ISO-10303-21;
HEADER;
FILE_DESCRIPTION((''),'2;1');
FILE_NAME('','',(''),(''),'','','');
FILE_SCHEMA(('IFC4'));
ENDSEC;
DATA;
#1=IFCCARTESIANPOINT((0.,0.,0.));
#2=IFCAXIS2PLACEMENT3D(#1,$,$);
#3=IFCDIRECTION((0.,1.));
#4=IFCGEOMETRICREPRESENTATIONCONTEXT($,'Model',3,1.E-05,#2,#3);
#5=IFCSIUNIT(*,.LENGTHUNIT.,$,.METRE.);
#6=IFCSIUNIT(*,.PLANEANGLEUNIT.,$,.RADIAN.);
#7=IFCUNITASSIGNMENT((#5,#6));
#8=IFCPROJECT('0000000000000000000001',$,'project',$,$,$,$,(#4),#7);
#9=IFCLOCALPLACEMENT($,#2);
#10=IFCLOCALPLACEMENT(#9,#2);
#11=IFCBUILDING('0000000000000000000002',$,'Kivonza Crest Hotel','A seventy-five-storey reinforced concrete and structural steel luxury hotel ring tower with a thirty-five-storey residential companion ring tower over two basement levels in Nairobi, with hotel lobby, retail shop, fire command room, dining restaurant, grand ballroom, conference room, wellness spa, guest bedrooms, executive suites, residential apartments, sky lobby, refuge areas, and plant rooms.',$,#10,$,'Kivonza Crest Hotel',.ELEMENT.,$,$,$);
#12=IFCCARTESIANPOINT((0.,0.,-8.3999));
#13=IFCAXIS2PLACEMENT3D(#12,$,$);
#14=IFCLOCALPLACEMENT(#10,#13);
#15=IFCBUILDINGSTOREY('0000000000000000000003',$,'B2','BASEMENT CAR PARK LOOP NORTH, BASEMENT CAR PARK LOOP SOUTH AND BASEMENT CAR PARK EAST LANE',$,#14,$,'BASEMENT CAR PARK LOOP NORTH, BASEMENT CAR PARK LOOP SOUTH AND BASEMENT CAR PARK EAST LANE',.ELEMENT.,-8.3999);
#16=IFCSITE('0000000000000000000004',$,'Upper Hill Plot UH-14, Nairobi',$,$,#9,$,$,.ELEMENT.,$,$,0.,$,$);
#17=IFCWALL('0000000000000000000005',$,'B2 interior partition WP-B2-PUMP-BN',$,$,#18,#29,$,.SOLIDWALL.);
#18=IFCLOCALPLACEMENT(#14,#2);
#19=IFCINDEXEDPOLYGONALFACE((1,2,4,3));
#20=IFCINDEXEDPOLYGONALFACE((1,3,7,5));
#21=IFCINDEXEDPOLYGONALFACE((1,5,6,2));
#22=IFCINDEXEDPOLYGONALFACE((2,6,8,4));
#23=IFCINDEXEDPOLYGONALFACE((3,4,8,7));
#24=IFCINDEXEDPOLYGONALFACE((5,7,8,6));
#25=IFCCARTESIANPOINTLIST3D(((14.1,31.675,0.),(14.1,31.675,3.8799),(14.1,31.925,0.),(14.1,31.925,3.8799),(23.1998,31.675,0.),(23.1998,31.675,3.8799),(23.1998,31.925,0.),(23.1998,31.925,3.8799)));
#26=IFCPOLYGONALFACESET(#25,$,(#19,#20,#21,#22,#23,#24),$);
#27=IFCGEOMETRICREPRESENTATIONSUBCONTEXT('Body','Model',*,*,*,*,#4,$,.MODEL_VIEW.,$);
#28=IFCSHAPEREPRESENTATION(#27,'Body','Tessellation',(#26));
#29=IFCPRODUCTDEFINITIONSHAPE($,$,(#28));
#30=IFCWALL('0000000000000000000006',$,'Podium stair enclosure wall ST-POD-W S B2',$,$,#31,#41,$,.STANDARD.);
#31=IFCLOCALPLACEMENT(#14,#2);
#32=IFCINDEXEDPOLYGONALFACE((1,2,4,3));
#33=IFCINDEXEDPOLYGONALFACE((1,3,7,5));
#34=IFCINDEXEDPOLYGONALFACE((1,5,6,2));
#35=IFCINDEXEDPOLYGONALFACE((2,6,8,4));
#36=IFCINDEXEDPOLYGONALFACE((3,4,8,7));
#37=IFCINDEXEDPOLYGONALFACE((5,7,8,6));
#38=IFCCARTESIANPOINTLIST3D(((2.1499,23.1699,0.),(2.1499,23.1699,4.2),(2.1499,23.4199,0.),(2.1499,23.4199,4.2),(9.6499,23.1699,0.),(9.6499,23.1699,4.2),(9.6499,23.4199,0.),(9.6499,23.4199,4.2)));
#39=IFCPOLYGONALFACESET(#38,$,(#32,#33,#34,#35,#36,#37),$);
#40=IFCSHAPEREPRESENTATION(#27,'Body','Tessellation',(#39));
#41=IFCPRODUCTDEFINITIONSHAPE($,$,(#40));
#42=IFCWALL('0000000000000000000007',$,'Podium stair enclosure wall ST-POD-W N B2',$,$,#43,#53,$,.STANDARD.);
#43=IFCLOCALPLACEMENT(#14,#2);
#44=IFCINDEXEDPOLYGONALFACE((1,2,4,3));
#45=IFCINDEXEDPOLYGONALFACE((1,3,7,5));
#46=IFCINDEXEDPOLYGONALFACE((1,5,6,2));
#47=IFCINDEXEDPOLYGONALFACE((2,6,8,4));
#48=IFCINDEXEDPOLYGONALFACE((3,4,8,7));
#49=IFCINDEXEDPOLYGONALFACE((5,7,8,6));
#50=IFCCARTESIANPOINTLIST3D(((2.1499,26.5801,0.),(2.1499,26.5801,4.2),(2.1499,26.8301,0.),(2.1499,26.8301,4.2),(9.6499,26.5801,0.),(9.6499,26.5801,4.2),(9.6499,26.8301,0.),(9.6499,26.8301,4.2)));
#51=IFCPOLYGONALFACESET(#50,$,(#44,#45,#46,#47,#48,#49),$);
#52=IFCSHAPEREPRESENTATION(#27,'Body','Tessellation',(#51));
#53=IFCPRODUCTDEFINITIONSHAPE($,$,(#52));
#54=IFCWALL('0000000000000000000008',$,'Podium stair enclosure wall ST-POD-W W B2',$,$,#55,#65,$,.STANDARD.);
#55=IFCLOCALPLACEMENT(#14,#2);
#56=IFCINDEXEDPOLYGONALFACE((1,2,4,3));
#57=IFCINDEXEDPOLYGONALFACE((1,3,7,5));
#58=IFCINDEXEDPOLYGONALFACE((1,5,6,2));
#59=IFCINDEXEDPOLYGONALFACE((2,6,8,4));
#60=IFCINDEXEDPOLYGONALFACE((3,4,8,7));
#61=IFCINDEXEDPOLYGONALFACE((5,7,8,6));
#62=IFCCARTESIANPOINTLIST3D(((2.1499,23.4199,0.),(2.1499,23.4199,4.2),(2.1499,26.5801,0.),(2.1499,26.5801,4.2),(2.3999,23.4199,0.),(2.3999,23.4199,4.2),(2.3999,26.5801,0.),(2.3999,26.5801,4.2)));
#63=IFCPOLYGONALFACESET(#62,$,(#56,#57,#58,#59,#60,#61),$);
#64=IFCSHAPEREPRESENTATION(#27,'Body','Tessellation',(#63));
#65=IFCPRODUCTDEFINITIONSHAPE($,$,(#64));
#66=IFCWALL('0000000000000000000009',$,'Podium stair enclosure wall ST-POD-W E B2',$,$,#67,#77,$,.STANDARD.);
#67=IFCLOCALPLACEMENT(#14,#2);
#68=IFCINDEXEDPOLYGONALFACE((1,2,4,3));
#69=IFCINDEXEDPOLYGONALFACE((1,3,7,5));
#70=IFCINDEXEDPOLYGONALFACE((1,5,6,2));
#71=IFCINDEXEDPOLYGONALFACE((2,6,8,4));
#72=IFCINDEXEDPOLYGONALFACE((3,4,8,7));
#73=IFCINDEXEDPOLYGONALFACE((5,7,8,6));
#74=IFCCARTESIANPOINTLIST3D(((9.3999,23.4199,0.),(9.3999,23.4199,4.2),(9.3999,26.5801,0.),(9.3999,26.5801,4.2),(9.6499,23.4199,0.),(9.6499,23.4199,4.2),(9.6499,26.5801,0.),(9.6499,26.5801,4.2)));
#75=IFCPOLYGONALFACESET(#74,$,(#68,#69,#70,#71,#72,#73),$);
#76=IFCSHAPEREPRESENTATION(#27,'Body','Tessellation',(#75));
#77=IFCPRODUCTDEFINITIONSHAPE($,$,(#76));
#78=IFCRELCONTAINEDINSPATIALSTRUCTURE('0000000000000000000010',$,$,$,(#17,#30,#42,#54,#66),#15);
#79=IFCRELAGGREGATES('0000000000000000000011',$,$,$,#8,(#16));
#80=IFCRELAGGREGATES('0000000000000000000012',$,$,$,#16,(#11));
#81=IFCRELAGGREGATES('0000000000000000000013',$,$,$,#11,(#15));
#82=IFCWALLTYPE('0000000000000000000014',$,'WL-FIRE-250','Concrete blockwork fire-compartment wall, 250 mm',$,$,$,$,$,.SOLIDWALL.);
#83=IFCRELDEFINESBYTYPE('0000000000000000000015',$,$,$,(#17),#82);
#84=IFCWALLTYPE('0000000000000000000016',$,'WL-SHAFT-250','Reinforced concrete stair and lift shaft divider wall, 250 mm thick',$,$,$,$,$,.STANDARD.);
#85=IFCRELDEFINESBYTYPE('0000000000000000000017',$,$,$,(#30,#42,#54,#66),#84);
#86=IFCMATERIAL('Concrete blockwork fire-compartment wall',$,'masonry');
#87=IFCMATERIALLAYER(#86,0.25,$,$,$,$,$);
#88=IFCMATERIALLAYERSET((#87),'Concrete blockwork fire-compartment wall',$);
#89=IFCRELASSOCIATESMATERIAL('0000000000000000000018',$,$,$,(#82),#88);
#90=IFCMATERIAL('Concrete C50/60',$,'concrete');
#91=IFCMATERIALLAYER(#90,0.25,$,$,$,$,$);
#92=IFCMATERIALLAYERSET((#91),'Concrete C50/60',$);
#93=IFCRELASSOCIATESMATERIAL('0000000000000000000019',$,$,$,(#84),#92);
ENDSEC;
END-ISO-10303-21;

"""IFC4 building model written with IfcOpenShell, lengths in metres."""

from ifc_helpers import new_model, si_unit, direction, frame, frame_2d, origin, place, context, subcontext, project, spatial, rectangle, extrude, material, layer, layer_set, type_object, element, save


model = new_model("IFC4")

# Units and contexts
model_context = context("Model", 3, precision=1e-05, world=origin(), true_north=direction((0.0, 1.0)))
body_context = subcontext(model_context, "Body", "Model", "MODEL_VIEW")
ifc_project = project(units=[si_unit("LENGTHUNIT", "METRE"), si_unit("PLANEANGLEUNIT", "RADIAN")], contexts=[model_context])

# Site, building, storey
site_placement = place(None, origin())
site = spatial("IfcSite", under=ifc_project, at=site_placement, Name="Upper Hill Plot UH-14, Nairobi", CompositionType="ELEMENT", RefElevation=0.0)
building_placement = place(site_placement, origin())
building = spatial("IfcBuilding", under=site, at=building_placement, Name="Kivonza Crest Hotel", Description="A seventy-five-storey reinforced concrete and structural steel luxury hotel ring tower with a thirty-five-storey residential companion ring tower over two basement levels in Nairobi, with hotel lobby, retail shop, fire command room, dining restaurant, grand ballroom, conference room, wellness spa, guest bedrooms, executive suites, residential apartments, sky lobby, refuge areas, and plant rooms.", LongName="Kivonza Crest Hotel", CompositionType="ELEMENT")
storey_placement = place(building_placement, frame((0.0, 0.0, -8.3999)))
storey = spatial("IfcBuildingStorey", under=building, at=storey_placement, Name="B2", Description="BASEMENT CAR PARK LOOP NORTH, BASEMENT CAR PARK LOOP SOUTH AND BASEMENT CAR PARK EAST LANE", LongName="BASEMENT CAR PARK LOOP NORTH, BASEMENT CAR PARK LOOP SOUTH AND BASEMENT CAR PARK EAST LANE", CompositionType="ELEMENT", Elevation=-8.3999)

# Walls
ifc_material_1 = material(Name="Concrete blockwork fire-compartment wall", Category="masonry")
ifc_layer_1 = layer(ifc_material_1, 0.25)
ifc_layer_set_1 = layer_set([ifc_layer_1], Name="Concrete blockwork fire-compartment wall")
wall_type_1 = type_object("IfcWallType", Name="WL-FIRE-250", Description="Concrete blockwork fire-compartment wall, 250 mm", PredefinedType="SOLIDWALL", material=ifc_layer_set_1)
wall_1_placement = place(storey_placement, frame((14.1001, 31.8, 0.0), z_axis=(0.0, 0.0, 1.0), x_axis=(1.0, 0.0, 0.0)))
element("IfcWall", 1, at=wall_1_placement, inside=storey, type_object=wall_type_1, Name="B2 interior partition WP-B2-PUMP-BN", PredefinedType="SOLIDWALL", context=body_context, shape_type="SweptSolid", body=[
    extrude(rectangle(XDim=9.0999, YDim=0.25, at=frame_2d((4.5498, 0.0))), origin(), (0.0, 0.0, 1.0), 3.8799),
])
ifc_material_2 = material(Name="Concrete C50/60", Category="concrete")
ifc_layer_2 = layer(ifc_material_2, 0.25)
ifc_layer_set_2 = layer_set([ifc_layer_2], Name="Concrete C50/60")
wall_type_2 = type_object("IfcWallType", Name="WL-SHAFT-250", Description="Reinforced concrete stair and lift shaft divider wall, 250 mm thick", PredefinedType="STANDARD", material=ifc_layer_set_2)
for number, where, z_axis, x_axis, name in (
    (2, (2.1499, 23.2949, 0.0), (0.0, 0.0, 1.0), (1.0, 0.0, 0.0), "Podium stair enclosure wall ST-POD-W S B2"),
    (3, (2.1499, 26.7051, 0.0), (0.0, 0.0, 1.0), (1.0, 0.0, 0.0), "Podium stair enclosure wall ST-POD-W N B2"),
):
    element("IfcWall", number, at=place(storey_placement, frame(where, z_axis=z_axis, x_axis=x_axis)), inside=storey, type_object=wall_type_2, Name=name, PredefinedType="STANDARD", context=body_context, shape_type="SweptSolid", body=[
        extrude(rectangle(XDim=7.5, YDim=0.25, at=frame_2d((3.75, 0.0))), origin(), (0.0, 0.0, 1.0), 4.2),
    ])
for number, where, z_axis, x_axis, name in (
    (4, (2.2749, 23.4199, 0.0), (0.0, 0.0, 1.0), (0.0, 1.0, 0.0), "Podium stair enclosure wall ST-POD-W W B2"),
    (5, (9.5249, 23.4199, 0.0), (0.0, 0.0, 1.0), (0.0, 1.0, 0.0), "Podium stair enclosure wall ST-POD-W E B2"),
):
    element("IfcWall", number, at=place(storey_placement, frame(where, z_axis=z_axis, x_axis=x_axis)), inside=storey, type_object=wall_type_2, Name=name, PredefinedType="STANDARD", context=body_context, shape_type="SweptSolid", body=[
        extrude(rectangle(XDim=3.1602, YDim=0.25, at=frame_2d((1.5801, 0.0))), origin(), (0.0, 0.0, 1.0), 4.2),
    ])

save(model, "model.ifc")
